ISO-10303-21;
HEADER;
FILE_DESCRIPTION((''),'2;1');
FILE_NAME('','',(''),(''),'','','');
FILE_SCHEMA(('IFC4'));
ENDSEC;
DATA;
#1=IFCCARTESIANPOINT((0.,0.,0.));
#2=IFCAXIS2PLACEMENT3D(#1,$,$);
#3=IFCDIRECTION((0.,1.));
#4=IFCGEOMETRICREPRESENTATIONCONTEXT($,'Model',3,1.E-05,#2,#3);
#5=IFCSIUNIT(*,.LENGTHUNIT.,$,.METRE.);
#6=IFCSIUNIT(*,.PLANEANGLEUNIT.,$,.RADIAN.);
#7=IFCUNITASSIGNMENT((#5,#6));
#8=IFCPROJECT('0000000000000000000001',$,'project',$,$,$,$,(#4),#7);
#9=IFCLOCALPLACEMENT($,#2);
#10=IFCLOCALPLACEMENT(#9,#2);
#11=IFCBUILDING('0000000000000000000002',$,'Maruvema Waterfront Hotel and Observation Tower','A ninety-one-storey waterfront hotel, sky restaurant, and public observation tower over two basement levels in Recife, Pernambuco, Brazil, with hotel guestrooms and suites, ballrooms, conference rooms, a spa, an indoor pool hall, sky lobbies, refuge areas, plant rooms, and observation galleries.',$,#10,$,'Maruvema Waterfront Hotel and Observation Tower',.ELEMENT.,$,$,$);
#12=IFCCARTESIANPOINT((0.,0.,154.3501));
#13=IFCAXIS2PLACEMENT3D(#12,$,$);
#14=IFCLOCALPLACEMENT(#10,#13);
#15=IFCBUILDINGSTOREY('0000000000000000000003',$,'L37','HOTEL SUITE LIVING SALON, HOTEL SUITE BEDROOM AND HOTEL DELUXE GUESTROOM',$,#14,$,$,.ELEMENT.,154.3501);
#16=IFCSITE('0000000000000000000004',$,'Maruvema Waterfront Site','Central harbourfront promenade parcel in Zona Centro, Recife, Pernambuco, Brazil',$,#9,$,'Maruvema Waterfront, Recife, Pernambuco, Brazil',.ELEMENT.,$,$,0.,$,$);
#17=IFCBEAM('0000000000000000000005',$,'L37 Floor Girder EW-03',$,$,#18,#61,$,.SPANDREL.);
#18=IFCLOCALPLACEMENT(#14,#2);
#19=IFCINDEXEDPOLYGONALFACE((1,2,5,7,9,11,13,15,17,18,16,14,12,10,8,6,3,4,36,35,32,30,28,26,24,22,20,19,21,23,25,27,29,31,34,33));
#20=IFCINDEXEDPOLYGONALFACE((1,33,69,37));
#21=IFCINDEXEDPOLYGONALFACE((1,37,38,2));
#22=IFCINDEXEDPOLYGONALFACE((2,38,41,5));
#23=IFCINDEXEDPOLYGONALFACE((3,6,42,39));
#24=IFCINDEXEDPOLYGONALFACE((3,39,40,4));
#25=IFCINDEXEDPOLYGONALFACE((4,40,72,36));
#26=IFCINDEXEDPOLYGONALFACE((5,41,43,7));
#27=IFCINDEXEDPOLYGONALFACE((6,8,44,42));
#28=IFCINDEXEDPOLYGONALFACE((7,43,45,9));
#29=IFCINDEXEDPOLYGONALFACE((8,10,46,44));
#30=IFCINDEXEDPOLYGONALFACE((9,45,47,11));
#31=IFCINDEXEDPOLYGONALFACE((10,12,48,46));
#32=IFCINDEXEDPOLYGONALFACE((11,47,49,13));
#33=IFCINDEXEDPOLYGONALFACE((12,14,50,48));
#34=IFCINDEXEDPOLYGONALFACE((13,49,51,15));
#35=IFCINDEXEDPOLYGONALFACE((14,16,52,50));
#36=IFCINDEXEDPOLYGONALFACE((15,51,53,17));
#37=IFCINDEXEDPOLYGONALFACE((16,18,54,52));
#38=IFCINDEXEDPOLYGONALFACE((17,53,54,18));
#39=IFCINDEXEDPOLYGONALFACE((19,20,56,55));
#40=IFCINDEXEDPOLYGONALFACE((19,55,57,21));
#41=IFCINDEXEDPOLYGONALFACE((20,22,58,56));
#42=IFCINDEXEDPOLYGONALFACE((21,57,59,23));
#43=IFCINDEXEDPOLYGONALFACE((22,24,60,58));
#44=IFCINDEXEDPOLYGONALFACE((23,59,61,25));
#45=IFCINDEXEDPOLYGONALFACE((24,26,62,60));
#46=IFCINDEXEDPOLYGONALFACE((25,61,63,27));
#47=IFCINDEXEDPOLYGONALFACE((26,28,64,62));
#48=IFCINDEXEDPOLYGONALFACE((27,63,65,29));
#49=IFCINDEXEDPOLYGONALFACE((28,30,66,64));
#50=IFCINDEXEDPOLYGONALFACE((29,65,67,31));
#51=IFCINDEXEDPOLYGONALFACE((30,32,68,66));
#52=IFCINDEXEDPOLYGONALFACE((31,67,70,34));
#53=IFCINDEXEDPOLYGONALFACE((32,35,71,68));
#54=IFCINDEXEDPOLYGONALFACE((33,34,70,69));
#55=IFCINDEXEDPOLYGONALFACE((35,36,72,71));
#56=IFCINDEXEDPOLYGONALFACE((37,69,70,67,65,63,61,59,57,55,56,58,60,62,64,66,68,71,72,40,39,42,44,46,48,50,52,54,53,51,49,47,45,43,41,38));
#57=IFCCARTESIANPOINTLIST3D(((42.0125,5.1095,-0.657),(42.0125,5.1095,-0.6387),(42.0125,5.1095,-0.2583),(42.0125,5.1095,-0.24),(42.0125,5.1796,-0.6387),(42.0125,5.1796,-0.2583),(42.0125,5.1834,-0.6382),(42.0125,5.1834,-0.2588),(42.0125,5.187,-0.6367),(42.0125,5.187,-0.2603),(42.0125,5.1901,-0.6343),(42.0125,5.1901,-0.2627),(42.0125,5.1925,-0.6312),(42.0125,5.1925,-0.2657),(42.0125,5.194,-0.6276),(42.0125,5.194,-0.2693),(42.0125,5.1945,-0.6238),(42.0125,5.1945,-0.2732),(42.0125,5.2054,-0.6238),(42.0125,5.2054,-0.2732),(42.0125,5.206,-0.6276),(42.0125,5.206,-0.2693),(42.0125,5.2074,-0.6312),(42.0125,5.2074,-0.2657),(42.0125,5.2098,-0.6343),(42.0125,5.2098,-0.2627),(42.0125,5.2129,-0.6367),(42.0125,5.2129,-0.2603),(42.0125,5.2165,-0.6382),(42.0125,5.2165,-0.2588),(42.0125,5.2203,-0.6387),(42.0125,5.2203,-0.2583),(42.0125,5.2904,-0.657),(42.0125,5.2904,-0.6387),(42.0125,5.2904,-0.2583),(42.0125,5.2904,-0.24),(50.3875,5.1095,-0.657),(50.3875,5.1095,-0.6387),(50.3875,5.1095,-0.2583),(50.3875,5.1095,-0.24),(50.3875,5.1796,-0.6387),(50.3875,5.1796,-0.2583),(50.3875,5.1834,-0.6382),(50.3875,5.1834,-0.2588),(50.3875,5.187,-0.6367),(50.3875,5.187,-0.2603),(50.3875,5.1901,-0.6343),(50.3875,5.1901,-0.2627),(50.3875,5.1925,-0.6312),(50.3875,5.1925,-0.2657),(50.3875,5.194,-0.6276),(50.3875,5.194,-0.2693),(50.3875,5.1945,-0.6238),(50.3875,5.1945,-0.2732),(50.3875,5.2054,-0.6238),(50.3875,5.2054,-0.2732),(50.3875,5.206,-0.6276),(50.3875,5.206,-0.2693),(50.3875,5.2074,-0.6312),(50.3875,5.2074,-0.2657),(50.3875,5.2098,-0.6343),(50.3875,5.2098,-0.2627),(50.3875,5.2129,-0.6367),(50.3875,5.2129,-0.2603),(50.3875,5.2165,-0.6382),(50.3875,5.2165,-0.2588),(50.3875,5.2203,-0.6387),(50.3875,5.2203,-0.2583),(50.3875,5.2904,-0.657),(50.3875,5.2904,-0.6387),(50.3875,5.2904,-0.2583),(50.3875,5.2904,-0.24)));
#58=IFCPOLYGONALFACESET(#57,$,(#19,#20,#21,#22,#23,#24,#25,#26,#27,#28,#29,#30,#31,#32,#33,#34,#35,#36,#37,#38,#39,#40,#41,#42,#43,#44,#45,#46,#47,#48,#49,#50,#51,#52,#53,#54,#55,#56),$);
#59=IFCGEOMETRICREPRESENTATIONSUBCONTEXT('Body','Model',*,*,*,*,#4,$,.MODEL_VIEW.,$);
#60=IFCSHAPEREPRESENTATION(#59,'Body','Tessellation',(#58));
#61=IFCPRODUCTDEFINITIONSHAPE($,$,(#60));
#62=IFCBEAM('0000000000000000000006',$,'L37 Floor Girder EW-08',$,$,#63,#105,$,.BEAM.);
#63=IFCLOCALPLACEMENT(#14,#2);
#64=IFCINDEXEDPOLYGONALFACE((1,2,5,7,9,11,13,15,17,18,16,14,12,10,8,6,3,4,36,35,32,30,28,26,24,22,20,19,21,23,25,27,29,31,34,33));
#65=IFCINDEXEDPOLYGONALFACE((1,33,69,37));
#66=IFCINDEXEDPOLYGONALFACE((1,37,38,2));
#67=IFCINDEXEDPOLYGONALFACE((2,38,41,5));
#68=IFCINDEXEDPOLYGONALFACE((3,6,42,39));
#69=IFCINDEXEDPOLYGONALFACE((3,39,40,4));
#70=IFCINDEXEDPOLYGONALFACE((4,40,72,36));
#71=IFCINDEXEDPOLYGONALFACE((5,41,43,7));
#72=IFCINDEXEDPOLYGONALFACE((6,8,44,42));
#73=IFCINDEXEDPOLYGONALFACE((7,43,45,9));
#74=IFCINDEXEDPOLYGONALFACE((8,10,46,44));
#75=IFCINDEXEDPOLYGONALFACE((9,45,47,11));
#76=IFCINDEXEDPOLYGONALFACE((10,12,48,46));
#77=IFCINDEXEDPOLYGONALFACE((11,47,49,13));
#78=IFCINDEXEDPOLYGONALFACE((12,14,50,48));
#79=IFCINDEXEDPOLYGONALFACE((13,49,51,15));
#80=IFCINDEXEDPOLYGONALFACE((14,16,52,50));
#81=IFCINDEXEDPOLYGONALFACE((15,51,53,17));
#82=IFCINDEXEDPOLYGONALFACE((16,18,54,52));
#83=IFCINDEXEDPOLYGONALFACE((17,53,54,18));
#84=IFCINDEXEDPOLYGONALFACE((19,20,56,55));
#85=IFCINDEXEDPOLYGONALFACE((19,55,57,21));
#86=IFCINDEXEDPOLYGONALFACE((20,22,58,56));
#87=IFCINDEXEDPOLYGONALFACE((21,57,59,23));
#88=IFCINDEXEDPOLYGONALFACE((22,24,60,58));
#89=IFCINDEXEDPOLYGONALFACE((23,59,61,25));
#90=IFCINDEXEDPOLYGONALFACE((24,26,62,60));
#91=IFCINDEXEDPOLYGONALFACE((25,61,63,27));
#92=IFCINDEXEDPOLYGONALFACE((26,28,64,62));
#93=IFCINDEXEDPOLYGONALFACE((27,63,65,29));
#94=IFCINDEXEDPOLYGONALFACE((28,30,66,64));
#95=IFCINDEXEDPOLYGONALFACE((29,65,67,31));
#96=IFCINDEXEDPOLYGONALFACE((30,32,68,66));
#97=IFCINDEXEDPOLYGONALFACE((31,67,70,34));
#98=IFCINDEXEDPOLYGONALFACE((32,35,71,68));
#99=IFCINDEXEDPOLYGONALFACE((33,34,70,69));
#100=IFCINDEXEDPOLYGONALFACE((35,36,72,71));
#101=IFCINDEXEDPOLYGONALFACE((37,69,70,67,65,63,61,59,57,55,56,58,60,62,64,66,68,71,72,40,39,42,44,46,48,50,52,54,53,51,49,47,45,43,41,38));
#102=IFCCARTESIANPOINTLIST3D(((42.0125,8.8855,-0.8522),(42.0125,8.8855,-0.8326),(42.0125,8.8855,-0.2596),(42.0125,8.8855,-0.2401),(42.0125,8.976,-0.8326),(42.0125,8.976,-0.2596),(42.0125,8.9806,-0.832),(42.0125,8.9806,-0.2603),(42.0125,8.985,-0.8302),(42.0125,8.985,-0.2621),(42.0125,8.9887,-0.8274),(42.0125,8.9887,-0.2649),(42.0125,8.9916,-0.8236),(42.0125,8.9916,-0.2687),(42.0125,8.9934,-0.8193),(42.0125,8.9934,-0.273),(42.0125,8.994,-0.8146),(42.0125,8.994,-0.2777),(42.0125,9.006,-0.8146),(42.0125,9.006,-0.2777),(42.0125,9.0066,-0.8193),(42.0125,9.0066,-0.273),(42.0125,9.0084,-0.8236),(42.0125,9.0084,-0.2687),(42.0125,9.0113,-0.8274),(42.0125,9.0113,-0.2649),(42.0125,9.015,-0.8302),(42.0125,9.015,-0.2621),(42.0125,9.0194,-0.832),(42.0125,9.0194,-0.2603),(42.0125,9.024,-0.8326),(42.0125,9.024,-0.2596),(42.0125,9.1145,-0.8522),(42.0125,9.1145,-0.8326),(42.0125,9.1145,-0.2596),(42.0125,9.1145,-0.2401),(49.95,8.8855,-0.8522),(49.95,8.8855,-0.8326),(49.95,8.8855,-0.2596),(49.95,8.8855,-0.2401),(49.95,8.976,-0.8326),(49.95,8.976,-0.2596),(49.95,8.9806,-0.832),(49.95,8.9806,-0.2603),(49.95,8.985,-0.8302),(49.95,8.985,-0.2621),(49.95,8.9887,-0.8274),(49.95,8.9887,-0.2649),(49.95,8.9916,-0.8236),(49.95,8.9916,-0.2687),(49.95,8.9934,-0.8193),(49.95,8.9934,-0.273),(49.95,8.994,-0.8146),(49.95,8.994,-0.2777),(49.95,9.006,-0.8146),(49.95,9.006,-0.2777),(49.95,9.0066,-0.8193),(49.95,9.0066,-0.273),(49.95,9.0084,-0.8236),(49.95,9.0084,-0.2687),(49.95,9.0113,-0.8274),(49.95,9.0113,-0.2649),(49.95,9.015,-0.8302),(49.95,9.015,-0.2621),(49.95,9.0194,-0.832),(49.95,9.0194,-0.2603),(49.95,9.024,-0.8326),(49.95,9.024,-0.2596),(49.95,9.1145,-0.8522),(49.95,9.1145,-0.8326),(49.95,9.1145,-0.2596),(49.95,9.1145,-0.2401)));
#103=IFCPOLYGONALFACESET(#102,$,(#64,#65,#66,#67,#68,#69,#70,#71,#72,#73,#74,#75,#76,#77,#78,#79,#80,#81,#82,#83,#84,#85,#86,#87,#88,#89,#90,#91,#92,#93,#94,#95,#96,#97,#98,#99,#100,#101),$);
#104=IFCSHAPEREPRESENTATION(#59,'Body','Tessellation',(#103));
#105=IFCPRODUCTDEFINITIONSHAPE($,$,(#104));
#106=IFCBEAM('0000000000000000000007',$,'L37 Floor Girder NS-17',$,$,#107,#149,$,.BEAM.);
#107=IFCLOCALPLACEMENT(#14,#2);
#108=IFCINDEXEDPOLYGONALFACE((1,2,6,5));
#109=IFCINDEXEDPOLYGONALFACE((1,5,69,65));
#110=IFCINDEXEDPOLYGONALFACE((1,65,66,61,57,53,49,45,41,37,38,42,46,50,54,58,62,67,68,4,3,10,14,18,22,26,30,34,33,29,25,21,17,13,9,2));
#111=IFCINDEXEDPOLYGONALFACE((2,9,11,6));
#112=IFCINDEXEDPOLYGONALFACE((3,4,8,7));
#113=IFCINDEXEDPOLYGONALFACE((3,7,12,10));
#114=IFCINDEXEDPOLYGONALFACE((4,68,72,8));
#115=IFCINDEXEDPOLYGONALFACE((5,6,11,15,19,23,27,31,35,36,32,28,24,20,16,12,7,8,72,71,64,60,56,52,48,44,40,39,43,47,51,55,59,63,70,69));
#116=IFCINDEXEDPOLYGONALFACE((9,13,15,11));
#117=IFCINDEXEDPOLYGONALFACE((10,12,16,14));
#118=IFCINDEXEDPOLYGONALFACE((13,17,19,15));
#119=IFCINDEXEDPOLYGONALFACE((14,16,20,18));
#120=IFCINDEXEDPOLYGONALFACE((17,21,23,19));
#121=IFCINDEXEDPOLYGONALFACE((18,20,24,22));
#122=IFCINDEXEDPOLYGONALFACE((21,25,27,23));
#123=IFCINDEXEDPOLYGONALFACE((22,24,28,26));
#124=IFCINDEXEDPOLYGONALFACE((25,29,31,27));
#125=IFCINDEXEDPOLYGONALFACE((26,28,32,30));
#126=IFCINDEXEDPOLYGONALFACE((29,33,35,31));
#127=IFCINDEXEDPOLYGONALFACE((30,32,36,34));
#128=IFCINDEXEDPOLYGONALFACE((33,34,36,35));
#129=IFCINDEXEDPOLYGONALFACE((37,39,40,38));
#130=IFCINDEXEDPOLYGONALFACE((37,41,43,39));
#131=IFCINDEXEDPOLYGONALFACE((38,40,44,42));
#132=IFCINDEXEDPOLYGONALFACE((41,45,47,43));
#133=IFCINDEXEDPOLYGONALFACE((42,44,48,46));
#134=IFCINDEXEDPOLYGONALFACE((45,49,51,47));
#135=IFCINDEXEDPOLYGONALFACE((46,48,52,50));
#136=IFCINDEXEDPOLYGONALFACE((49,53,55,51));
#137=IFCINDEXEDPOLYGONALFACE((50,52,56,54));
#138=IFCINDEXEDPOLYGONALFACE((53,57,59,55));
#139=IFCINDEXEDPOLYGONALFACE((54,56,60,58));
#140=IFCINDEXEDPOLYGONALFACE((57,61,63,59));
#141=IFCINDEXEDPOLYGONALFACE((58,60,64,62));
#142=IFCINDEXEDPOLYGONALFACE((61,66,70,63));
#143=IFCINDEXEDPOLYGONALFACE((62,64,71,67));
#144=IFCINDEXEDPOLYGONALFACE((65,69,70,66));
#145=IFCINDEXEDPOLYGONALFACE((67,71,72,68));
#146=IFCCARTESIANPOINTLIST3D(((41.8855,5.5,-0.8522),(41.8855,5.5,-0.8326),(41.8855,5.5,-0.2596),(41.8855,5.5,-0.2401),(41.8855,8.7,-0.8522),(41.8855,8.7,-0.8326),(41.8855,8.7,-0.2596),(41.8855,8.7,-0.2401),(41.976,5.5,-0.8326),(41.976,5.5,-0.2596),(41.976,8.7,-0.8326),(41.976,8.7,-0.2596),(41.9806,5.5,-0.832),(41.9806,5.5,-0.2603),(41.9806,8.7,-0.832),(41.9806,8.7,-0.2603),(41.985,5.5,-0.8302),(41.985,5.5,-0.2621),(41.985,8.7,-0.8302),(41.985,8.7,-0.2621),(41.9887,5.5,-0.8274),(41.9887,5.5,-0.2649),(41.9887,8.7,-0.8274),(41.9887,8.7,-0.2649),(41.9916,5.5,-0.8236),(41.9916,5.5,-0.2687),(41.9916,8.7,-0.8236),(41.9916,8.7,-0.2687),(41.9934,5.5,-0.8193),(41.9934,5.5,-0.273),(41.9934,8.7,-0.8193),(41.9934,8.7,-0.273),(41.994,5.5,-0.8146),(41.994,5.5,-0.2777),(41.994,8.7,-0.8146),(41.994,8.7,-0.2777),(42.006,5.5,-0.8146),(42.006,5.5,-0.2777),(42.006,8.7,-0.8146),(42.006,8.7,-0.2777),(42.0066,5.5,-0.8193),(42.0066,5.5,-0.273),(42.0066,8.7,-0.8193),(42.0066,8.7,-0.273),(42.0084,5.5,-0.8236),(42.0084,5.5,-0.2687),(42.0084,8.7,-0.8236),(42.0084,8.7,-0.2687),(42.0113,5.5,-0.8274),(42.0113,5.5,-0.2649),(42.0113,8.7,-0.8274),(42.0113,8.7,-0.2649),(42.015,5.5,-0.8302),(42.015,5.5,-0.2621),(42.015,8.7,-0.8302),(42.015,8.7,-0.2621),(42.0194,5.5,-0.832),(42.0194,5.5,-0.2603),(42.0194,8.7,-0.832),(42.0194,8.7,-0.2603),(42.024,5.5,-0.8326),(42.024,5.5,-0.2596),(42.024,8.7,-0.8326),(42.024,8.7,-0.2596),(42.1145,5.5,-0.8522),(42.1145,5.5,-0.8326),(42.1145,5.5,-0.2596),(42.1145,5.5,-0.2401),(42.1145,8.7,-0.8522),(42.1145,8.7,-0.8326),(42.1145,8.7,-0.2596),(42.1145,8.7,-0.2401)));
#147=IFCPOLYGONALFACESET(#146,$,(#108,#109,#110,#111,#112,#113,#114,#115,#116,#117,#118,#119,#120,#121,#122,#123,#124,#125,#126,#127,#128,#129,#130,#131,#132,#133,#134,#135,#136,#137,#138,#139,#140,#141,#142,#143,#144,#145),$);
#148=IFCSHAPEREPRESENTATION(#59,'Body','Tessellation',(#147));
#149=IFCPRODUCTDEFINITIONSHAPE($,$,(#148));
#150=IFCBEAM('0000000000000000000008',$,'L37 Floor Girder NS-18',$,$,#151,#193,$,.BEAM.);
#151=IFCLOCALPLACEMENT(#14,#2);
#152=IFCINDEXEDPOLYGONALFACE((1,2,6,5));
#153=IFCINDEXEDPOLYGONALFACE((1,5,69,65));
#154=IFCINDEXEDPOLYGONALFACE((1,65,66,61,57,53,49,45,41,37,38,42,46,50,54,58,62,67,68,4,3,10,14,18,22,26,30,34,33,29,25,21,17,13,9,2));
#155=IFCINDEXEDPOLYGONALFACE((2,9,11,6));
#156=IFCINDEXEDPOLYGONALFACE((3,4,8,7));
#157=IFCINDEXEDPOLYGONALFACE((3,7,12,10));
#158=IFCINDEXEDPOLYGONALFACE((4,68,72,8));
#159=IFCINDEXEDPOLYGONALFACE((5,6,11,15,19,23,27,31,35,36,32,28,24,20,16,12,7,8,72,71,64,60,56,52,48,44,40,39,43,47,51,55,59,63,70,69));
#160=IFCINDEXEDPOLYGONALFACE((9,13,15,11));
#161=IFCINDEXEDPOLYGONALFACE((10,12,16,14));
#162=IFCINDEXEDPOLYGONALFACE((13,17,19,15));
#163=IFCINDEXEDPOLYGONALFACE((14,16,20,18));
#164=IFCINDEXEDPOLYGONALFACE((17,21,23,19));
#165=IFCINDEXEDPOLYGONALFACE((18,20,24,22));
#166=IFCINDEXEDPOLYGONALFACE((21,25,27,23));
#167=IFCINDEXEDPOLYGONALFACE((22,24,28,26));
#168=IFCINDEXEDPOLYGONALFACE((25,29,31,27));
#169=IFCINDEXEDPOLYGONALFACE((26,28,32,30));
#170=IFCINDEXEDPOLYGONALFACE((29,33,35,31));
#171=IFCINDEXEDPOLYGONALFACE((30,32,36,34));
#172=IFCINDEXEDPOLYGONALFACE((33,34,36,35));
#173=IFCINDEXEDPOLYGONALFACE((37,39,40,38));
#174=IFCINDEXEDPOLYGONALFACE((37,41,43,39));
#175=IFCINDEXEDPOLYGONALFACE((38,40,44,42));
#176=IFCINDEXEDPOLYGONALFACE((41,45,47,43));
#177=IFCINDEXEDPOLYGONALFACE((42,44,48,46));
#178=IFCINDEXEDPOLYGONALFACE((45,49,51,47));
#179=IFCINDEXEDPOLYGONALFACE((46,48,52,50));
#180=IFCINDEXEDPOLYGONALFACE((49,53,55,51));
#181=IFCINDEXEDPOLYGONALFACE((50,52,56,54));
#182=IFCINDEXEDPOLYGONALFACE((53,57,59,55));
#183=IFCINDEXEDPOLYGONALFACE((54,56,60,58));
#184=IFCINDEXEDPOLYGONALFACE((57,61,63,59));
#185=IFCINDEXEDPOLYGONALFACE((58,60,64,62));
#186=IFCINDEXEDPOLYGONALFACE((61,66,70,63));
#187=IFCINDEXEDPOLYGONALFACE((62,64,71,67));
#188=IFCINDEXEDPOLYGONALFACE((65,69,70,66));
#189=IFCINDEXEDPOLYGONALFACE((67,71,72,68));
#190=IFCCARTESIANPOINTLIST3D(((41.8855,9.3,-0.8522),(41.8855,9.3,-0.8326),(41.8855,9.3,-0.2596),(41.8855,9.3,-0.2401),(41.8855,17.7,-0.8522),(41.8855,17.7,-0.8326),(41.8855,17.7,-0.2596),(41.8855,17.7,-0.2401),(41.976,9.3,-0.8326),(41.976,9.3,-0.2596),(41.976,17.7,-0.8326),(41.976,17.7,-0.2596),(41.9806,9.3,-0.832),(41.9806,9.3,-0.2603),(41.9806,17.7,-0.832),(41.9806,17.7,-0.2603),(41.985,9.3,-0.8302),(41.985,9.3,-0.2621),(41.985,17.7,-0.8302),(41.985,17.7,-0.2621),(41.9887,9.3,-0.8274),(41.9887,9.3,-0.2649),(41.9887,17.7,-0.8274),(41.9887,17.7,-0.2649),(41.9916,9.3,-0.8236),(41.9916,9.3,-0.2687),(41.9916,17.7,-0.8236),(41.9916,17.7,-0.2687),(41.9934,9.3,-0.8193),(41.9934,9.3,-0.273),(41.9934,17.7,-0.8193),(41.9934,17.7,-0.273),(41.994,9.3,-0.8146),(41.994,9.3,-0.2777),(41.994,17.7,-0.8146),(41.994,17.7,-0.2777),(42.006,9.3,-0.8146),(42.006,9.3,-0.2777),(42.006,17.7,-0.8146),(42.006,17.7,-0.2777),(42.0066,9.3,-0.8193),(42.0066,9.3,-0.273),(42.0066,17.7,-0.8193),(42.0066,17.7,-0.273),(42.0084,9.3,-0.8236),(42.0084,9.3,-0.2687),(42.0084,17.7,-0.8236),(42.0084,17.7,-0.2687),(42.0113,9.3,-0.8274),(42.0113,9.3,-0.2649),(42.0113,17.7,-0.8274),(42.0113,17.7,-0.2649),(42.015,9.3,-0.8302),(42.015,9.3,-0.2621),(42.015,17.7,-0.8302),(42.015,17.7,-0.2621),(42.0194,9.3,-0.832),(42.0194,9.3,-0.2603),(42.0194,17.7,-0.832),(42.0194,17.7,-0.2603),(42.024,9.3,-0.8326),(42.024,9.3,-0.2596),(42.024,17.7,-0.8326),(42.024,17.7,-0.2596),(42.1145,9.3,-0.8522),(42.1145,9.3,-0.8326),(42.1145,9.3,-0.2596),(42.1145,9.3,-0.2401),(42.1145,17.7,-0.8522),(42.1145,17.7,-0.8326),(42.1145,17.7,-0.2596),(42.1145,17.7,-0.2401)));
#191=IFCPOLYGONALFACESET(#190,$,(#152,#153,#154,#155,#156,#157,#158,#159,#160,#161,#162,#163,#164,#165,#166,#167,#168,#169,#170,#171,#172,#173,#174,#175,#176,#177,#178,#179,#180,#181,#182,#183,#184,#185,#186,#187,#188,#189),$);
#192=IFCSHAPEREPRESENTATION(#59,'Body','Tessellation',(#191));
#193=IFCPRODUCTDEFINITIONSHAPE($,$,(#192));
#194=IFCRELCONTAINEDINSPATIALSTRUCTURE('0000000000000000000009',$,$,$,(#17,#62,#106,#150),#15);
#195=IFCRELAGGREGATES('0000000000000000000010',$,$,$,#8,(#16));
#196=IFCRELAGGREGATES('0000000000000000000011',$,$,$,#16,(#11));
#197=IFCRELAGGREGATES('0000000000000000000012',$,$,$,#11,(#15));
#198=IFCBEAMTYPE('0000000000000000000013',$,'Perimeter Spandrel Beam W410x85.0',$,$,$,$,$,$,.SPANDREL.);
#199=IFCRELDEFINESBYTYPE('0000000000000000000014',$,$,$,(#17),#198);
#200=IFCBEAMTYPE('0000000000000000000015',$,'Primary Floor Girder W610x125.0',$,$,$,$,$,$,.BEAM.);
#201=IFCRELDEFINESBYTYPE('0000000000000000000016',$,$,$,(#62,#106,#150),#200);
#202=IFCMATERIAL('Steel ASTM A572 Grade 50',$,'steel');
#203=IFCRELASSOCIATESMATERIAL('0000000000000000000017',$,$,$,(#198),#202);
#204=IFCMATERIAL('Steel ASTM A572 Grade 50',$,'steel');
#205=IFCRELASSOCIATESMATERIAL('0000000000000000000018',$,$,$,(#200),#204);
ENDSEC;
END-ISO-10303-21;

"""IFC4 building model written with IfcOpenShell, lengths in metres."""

from ifc_helpers import new_model, si_unit, direction, frame, origin, origin_2d, place, context, subcontext, project, spatial, i_section, extrude, material, material_profile, profile_set, type_object, element, save


model = new_model("IFC4")

# Units and contexts
model_context = context("Model", 3, precision=1e-05, world=origin(), true_north=direction((0.0, 1.0)))
body_context = subcontext(model_context, "Body", "Model", "MODEL_VIEW")
ifc_project = project(units=[si_unit("LENGTHUNIT", "METRE"), si_unit("PLANEANGLEUNIT", "RADIAN")], contexts=[model_context])

# Site, building, storey
site_placement = place(None, origin())
site = spatial("IfcSite", under=ifc_project, at=site_placement, Name="Maruvema Waterfront Site", Description="Central harbourfront promenade parcel in Zona Centro, Recife, Pernambuco, Brazil", LongName="Maruvema Waterfront, Recife, Pernambuco, Brazil", CompositionType="ELEMENT", RefElevation=0.0)
building_placement = place(site_placement, origin())
building = spatial("IfcBuilding", under=site, at=building_placement, Name="Maruvema Waterfront Hotel and Observation Tower", Description="A ninety-one-storey waterfront hotel, sky restaurant, and public observation tower over two basement levels in Recife, Pernambuco, Brazil, with hotel guestrooms and suites, ballrooms, conference rooms, a spa, an indoor pool hall, sky lobbies, refuge areas, plant rooms, and observation galleries.", LongName="Maruvema Waterfront Hotel and Observation Tower", CompositionType="ELEMENT")
storey_placement = place(building_placement, frame((0.0, 0.0, 154.3501)))
storey = spatial("IfcBuildingStorey", under=building, at=storey_placement, Name="L37", Description="HOTEL SUITE LIVING SALON, HOTEL SUITE BEDROOM AND HOTEL DELUXE GUESTROOM", CompositionType="ELEMENT", Elevation=154.3501)

# Beams
ifc_material_1 = material(Name="Steel ASTM A572 Grade 50", Category="steel")
ifc_material_profile_1 = material_profile(ifc_material_1, i_section(OverallWidth=0.1809, OverallDepth=0.417, WebThickness=0.011, FlangeThickness=0.0183, FilletRadius=0.0149, at=origin_2d()), Name="W410x85.0")
ifc_profile_set_1 = profile_set([ifc_material_profile_1], Name="Steel ASTM A572 Grade 50")
beam_type_1 = type_object("IfcBeamType", Name="Perimeter Spandrel Beam W410x85.0", PredefinedType="SPANDREL", material=ifc_profile_set_1)
beam_1_placement = place(storey_placement, frame((42.0125, 5.2, -0.4485), z_axis=(1.0, 0.0, 0.0), x_axis=(0.0, 1.0, 0.0)))
element("IfcBeam", 1, at=beam_1_placement, inside=storey, type_object=beam_type_1, Name="L37 Floor Girder EW-03", PredefinedType="SPANDREL", context=body_context, shape_type="SweptSolid", body=[
    extrude(i_section(OverallWidth=0.1809, OverallDepth=0.417, WebThickness=0.011, FlangeThickness=0.0183, FilletRadius=0.0149, at=origin_2d()), origin(), (0.0, 0.0, 1.0), 8.375),
])
ifc_material_2 = material(Name="Steel ASTM A572 Grade 50", Category="steel")
ifc_material_profile_2 = material_profile(ifc_material_2, i_section(OverallWidth=0.229, OverallDepth=0.6121, WebThickness=0.012, FlangeThickness=0.0195, FilletRadius=0.0181, at=origin_2d()), Name="W610x125.0")
ifc_profile_set_2 = profile_set([ifc_material_profile_2], Name="Steel ASTM A572 Grade 50")
beam_type_2 = type_object("IfcBeamType", Name="Primary Floor Girder W610x125.0", PredefinedType="BEAM", material=ifc_profile_set_2)
beam_2_placement = place(storey_placement, frame((42.0125, 9.0, -0.5461), z_axis=(1.0, 0.0, 0.0), x_axis=(0.0, 1.0, 0.0)))
element("IfcBeam", 2, at=beam_2_placement, inside=storey, type_object=beam_type_2, Name="L37 Floor Girder EW-08", PredefinedType="BEAM", context=body_context, shape_type="SweptSolid", body=[
    extrude(i_section(OverallWidth=0.229, OverallDepth=0.6121, WebThickness=0.012, FlangeThickness=0.0195, FilletRadius=0.0181, at=origin_2d()), origin(), (0.0, 0.0, 1.0), 7.9375),
])
beam_3_placement = place(storey_placement, frame((42.0, 5.5, -0.5461), z_axis=(0.0, 1.0, 0.0), x_axis=(-1.0, 0.0, 0.0)))
element("IfcBeam", 3, at=beam_3_placement, inside=storey, type_object=beam_type_2, Name="L37 Floor Girder NS-17", PredefinedType="BEAM", context=body_context, shape_type="SweptSolid", body=[
    extrude(i_section(OverallWidth=0.229, OverallDepth=0.6121, WebThickness=0.012, FlangeThickness=0.0195, FilletRadius=0.0181, at=origin_2d()), origin(), (0.0, 0.0, 1.0), 3.2),
])
beam_4_placement = place(storey_placement, frame((42.0, 9.3, -0.5461), z_axis=(0.0, 1.0, 0.0), x_axis=(-1.0, 0.0, 0.0)))
element("IfcBeam", 4, at=beam_4_placement, inside=storey, type_object=beam_type_2, Name="L37 Floor Girder NS-18", PredefinedType="BEAM", context=body_context, shape_type="SweptSolid", body=[
    extrude(i_section(OverallWidth=0.229, OverallDepth=0.6121, WebThickness=0.012, FlangeThickness=0.0195, FilletRadius=0.0181, at=origin_2d()), origin(), (0.0, 0.0, 1.0), 8.3999),
])

save(model, "model.ifc")
